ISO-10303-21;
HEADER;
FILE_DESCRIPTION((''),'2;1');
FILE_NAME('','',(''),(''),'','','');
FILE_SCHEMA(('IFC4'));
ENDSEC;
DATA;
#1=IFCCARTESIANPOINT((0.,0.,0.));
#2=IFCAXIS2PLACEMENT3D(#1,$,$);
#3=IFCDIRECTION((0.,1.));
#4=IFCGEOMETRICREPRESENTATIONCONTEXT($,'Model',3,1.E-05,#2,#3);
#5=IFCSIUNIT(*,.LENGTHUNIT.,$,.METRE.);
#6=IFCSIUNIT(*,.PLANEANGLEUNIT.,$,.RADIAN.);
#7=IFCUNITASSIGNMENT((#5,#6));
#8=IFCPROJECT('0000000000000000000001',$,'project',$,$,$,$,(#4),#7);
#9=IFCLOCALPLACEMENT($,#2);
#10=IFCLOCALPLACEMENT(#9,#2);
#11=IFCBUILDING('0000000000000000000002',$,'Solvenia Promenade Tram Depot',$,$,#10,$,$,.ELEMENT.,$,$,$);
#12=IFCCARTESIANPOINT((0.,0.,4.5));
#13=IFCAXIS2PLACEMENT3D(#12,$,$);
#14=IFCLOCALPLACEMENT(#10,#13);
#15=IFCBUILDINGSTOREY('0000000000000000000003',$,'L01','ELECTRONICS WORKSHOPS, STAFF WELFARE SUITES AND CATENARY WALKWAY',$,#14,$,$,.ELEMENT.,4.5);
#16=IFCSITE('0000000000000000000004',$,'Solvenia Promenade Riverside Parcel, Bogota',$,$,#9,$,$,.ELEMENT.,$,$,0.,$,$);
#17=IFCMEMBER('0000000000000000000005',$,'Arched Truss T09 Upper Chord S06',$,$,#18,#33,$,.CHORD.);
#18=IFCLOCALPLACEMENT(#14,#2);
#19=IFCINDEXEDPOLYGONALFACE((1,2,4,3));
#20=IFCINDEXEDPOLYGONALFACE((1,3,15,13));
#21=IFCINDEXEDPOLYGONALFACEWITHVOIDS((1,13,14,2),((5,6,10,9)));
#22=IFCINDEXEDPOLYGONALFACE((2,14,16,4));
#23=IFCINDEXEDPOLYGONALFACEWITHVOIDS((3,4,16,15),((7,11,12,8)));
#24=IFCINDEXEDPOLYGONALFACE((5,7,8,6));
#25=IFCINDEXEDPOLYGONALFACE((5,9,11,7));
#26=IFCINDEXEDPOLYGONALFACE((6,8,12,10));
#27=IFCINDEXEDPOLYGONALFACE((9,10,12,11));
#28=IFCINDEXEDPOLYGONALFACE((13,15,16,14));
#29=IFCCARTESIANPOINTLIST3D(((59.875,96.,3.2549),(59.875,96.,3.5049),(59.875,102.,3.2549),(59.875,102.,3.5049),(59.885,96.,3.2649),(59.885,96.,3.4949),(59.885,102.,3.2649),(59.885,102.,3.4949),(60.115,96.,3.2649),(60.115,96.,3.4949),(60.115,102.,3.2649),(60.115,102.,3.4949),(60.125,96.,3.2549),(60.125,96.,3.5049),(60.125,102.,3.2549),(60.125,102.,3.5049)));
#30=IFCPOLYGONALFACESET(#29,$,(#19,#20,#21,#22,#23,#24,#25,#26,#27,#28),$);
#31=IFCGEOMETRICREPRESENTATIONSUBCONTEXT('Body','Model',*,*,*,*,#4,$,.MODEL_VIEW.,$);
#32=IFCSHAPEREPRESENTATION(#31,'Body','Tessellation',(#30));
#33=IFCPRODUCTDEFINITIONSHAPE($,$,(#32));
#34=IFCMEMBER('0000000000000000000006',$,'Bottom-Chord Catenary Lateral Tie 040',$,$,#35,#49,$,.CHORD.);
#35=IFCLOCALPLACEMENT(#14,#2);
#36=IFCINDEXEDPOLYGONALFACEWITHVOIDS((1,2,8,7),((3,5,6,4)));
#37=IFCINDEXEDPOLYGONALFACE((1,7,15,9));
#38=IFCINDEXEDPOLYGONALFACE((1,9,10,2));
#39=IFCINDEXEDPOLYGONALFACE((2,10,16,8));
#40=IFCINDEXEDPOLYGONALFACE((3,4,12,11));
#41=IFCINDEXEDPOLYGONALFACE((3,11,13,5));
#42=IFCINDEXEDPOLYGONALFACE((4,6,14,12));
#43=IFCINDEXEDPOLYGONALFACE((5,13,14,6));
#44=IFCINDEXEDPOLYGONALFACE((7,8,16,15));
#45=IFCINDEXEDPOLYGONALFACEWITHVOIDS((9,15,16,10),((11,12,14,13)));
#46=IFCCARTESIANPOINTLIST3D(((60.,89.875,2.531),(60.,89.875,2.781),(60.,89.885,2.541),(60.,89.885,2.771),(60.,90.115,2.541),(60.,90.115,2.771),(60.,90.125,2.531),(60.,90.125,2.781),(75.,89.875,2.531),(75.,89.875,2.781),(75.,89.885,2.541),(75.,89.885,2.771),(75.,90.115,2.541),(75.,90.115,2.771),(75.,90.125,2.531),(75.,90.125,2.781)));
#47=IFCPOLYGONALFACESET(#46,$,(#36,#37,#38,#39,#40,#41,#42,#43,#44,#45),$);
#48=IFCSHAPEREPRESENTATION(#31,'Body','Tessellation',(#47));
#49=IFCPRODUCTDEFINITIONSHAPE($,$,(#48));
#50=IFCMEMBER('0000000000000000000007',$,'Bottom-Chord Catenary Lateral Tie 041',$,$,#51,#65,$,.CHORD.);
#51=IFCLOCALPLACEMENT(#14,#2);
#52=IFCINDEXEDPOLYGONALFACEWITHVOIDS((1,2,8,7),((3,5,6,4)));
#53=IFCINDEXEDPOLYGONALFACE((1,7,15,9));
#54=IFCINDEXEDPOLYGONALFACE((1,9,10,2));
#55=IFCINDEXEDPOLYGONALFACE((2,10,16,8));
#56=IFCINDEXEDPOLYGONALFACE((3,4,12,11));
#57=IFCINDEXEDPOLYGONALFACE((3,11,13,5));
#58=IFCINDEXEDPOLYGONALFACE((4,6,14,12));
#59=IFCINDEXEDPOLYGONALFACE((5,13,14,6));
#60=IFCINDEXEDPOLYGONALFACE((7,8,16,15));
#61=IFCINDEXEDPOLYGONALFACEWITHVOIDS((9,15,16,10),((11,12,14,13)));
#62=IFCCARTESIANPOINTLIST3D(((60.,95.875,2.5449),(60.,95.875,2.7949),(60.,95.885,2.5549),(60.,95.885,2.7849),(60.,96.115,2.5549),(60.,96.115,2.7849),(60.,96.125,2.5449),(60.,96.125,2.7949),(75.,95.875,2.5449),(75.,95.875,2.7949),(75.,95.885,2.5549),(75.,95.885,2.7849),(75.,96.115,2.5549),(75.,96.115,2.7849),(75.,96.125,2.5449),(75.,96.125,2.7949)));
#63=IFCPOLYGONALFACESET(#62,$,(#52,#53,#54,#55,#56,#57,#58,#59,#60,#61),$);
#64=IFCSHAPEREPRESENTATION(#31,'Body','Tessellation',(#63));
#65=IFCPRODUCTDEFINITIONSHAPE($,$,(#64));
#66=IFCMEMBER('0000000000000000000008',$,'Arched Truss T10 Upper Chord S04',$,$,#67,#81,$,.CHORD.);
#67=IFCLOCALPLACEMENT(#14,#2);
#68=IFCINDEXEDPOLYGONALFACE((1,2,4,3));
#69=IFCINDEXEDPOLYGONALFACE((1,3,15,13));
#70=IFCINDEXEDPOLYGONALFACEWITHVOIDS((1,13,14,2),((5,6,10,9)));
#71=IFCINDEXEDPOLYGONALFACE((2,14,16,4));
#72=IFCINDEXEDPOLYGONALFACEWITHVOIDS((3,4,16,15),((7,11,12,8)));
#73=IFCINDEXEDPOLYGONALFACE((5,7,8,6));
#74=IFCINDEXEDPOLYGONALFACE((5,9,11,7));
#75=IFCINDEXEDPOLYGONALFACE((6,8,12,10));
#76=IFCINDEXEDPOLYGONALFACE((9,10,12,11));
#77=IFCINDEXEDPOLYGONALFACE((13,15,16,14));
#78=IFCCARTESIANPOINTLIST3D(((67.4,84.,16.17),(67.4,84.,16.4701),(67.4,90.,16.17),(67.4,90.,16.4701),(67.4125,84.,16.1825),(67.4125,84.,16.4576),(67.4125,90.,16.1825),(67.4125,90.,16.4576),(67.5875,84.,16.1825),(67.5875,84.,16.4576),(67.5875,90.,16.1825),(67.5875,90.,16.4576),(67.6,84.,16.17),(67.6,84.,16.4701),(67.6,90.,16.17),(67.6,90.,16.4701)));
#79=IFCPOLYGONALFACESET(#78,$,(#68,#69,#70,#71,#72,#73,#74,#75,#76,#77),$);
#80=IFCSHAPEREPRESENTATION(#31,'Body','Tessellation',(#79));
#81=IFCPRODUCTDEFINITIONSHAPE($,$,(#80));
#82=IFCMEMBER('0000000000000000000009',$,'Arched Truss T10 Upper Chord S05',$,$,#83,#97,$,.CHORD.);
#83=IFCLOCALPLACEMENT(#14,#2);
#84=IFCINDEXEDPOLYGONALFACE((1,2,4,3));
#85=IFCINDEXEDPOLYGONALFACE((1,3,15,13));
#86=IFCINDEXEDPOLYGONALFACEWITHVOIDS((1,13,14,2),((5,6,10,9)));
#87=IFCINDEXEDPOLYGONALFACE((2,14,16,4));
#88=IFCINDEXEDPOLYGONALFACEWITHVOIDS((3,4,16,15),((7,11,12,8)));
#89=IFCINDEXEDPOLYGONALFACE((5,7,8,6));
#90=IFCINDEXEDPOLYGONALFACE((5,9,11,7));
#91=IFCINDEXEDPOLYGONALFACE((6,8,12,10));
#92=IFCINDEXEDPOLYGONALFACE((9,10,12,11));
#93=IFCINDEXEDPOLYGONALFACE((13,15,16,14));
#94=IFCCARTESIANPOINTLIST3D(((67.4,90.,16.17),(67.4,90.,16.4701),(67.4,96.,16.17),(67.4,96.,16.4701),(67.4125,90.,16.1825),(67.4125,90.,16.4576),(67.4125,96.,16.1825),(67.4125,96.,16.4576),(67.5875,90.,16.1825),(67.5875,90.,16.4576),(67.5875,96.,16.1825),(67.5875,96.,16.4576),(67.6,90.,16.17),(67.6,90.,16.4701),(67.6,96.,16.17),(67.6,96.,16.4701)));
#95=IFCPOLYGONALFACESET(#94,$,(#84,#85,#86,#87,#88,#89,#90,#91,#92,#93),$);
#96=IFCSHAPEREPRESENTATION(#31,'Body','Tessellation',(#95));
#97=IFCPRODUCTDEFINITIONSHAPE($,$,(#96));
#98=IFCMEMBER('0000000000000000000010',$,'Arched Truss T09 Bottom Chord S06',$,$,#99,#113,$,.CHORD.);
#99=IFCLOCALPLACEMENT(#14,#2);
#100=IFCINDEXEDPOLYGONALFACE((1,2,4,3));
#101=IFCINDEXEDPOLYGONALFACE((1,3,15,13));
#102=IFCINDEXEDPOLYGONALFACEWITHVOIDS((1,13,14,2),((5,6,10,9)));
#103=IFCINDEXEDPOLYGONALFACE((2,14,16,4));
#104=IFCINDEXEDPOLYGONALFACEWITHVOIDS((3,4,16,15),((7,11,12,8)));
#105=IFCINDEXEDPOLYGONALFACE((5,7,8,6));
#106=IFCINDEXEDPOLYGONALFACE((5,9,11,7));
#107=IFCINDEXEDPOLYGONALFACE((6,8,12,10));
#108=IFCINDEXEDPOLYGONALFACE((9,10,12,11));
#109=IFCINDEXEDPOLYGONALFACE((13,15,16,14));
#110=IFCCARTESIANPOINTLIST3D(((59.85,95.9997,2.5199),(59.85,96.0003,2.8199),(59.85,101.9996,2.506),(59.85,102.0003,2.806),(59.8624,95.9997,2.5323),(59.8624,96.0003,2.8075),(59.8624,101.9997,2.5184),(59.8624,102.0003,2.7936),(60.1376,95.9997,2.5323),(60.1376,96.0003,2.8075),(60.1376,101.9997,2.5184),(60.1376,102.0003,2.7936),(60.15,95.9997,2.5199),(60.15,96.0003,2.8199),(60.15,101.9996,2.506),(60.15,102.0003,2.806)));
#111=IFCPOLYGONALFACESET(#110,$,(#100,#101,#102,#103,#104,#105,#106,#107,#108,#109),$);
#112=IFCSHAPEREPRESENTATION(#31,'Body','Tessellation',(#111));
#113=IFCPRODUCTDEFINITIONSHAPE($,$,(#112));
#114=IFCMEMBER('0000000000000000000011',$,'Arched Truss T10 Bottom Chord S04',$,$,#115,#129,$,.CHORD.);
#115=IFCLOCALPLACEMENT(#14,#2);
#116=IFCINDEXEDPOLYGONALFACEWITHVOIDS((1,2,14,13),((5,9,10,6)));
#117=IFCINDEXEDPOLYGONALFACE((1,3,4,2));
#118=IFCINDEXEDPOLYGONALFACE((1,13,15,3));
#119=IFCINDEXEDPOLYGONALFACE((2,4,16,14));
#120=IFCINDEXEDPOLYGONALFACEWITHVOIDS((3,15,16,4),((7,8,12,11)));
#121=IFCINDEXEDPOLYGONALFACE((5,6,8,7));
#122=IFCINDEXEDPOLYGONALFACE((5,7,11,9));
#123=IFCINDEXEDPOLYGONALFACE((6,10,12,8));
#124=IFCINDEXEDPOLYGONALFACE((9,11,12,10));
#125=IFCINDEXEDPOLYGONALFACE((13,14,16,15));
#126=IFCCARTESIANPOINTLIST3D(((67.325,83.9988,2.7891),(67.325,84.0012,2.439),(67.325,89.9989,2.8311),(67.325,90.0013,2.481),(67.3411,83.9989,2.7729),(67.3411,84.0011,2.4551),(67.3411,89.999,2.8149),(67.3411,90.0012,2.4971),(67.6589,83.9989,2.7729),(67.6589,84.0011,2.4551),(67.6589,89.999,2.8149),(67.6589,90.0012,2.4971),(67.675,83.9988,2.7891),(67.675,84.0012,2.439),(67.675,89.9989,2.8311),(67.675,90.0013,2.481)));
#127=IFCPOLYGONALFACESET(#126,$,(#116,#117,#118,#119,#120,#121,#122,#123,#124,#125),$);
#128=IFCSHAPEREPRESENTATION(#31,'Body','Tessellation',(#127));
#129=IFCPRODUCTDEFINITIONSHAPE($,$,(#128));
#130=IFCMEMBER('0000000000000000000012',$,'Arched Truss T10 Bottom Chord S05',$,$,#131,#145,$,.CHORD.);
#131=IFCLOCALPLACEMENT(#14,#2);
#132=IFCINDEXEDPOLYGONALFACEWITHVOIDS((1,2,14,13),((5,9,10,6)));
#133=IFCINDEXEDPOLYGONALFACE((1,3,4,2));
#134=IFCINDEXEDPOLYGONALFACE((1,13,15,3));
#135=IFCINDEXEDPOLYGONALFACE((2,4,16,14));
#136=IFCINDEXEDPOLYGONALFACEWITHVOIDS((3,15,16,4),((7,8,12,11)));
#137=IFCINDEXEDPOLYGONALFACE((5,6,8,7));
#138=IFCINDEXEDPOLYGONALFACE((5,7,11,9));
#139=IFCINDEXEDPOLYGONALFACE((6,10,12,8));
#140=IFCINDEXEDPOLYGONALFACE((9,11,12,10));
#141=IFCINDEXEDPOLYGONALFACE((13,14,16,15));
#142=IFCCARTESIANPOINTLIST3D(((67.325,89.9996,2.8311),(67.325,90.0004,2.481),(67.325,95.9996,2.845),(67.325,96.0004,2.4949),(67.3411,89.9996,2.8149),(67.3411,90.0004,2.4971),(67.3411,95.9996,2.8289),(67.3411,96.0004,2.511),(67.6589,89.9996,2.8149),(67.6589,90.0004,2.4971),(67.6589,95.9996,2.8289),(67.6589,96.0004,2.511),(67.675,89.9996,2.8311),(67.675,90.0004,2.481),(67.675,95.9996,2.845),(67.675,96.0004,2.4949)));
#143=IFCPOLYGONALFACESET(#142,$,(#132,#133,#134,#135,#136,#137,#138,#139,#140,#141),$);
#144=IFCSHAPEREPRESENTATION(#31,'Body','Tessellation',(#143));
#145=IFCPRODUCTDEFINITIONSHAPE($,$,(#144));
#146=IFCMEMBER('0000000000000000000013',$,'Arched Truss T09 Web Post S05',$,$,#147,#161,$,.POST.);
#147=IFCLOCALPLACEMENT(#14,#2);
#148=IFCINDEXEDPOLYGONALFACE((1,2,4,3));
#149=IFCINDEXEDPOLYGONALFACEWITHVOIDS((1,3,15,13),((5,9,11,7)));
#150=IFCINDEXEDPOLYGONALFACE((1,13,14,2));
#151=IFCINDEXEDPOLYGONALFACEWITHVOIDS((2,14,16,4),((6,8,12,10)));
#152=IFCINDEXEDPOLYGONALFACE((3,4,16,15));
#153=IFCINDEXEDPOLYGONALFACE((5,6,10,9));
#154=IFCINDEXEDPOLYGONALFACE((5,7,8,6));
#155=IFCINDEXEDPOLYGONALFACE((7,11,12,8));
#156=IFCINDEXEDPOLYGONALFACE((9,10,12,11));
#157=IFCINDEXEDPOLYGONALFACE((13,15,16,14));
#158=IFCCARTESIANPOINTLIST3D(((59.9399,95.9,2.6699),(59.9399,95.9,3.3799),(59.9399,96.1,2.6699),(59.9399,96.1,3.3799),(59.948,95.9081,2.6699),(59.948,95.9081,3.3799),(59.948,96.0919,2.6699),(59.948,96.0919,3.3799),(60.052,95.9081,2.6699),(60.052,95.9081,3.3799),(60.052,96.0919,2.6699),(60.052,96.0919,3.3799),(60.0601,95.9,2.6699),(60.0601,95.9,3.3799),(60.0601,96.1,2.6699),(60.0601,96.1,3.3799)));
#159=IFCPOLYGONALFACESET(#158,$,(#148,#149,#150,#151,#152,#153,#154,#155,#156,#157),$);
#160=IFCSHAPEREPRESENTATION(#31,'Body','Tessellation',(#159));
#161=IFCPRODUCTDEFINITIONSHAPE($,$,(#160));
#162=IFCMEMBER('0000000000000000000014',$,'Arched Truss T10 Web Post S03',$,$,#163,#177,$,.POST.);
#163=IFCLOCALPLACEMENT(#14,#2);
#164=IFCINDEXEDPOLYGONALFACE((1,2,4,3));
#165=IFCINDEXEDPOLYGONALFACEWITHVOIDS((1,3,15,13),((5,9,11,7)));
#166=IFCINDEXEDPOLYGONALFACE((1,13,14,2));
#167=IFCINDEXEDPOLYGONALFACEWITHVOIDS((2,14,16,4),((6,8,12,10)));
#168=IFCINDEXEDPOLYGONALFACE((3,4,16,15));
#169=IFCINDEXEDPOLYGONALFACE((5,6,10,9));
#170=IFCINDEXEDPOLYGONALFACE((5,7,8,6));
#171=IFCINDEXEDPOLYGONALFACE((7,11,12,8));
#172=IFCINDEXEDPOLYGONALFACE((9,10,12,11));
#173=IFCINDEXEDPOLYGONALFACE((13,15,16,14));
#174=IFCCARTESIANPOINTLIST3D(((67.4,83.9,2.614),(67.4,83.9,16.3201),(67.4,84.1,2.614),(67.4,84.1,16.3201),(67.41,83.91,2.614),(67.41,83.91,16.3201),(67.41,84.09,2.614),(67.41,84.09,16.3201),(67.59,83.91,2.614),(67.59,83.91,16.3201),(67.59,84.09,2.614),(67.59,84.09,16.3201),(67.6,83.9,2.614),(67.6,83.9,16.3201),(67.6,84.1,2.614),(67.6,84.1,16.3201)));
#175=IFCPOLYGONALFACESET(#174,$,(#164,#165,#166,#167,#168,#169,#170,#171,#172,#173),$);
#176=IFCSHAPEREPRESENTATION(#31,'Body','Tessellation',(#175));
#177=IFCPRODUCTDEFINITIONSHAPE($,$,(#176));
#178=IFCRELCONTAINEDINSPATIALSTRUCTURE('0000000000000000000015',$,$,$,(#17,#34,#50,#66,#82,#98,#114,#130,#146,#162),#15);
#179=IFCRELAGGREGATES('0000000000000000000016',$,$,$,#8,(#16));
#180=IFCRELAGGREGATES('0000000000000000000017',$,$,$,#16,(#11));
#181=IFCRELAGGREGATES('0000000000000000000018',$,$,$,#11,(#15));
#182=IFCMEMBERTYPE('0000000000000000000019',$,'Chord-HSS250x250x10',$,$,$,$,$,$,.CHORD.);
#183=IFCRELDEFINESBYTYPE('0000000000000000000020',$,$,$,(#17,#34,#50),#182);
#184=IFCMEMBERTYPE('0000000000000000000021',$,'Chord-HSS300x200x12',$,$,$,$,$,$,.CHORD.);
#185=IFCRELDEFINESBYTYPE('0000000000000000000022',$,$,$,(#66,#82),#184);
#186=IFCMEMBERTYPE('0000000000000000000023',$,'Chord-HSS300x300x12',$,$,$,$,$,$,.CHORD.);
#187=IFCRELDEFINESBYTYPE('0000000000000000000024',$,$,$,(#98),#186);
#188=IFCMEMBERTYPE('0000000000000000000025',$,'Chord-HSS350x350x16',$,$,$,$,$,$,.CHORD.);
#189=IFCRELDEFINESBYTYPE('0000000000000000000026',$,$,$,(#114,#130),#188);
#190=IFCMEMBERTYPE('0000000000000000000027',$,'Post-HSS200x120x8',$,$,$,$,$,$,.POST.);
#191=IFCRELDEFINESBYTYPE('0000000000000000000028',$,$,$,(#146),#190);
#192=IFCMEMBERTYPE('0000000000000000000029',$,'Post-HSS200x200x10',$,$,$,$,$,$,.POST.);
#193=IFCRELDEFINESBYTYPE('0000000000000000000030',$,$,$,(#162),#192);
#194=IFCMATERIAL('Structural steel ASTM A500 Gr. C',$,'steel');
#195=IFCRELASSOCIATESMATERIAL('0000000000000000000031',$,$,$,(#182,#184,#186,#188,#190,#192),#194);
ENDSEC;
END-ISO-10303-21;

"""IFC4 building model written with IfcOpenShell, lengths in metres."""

from ifc_helpers import new_model, si_unit, direction, frame, origin, origin_2d, place, context, subcontext, project, spatial, hollow_rectangle, extrude, material, material_profile, profile_set, type_object, element, save


model = new_model("IFC4")

# Units and contexts
model_context = context("Model", 3, precision=1e-05, world=origin(), true_north=direction((0.0, 1.0)))
body_context = subcontext(model_context, "Body", "Model", "MODEL_VIEW")
ifc_project = project(units=[si_unit("LENGTHUNIT", "METRE"), si_unit("PLANEANGLEUNIT", "RADIAN")], contexts=[model_context])

# Site, building, storey
site_placement = place(None, origin())
site = spatial("IfcSite", under=ifc_project, at=site_placement, Name="Solvenia Promenade Riverside Parcel, Bogota", CompositionType="ELEMENT", RefElevation=0.0)
building_placement = place(site_placement, origin())
building = spatial("IfcBuilding", under=site, at=building_placement, Name="Solvenia Promenade Tram Depot", CompositionType="ELEMENT")
storey_placement = place(building_placement, frame((0.0, 0.0, 4.5)))
storey = spatial("IfcBuildingStorey", under=building, at=storey_placement, Name="L01", Description="ELECTRONICS WORKSHOPS, STAFF WELFARE SUITES AND CATENARY WALKWAY", CompositionType="ELEMENT", Elevation=4.5)

# Members
ifc_material_1 = material(Name="Structural steel ASTM A500 Gr. C", Category="steel")
ifc_material_profile_1 = material_profile(ifc_material_1, hollow_rectangle(XDim=0.25, YDim=0.25, WallThickness=0.01, at=origin_2d()), Name="HSS250x250x10", Category="steel")
ifc_profile_set_1 = profile_set([ifc_material_profile_1], Name="Structural steel ASTM A500 Gr. C")
member_type_1 = type_object("IfcMemberType", Name="Chord-HSS250x250x10", PredefinedType="CHORD", material=ifc_profile_set_1)
member_1_placement = place(storey_placement, frame((60.0, 96.0, 3.3799), z_axis=(0.0, 1.0, 0.0), x_axis=(-1.0, 0.0, 0.0)))
element("IfcMember", 1, at=member_1_placement, inside=storey, type_object=member_type_1, Name="Arched Truss T09 Upper Chord S06", PredefinedType="CHORD", context=body_context, shape_type="SweptSolid", body=[
    extrude(hollow_rectangle(XDim=0.25, YDim=0.25, WallThickness=0.01, at=origin_2d()), origin(), (0.0, 0.0, 1.0), 6.0),
])
for number, where, z_axis, x_axis, name in (
    (2, (60.0, 90.0, 2.656), (1.0, 0.0, 0.0), (0.0, 1.0, 0.0), "Bottom-Chord Catenary Lateral Tie 040"),
    (3, (60.0, 96.0, 2.6699), (1.0, 0.0, 0.0), (0.0, 1.0, 0.0), "Bottom-Chord Catenary Lateral Tie 041"),
):
    element("IfcMember", number, at=place(storey_placement, frame(where, z_axis=z_axis, x_axis=x_axis)), inside=storey, type_object=member_type_1, Name=name, PredefinedType="CHORD", context=body_context, shape_type="SweptSolid", body=[
        extrude(hollow_rectangle(XDim=0.25, YDim=0.25, WallThickness=0.01, at=origin_2d()), origin(), (0.0, 0.0, 1.0), 15.0),
    ])
ifc_material_profile_2 = material_profile(ifc_material_1, hollow_rectangle(XDim=0.2, YDim=0.3, WallThickness=0.0125, at=origin_2d()), Name="HSS300x200x12.5", Category="steel")
ifc_profile_set_2 = profile_set([ifc_material_profile_2], Name="Structural steel ASTM A500 Gr. C")
member_type_2 = type_object("IfcMemberType", Name="Chord-HSS300x200x12", PredefinedType="CHORD", material=ifc_profile_set_2)
for number, where, z_axis, x_axis, name in (
    (4, (67.5, 84.0, 16.3201), (0.0, 1.0, 0.0), (-1.0, 0.0, 0.0), "Arched Truss T10 Upper Chord S04"),
    (5, (67.5, 90.0, 16.3201), (0.0, 1.0, 0.0), (-1.0, 0.0, 0.0), "Arched Truss T10 Upper Chord S05"),
):
    element("IfcMember", number, at=place(storey_placement, frame(where, z_axis=z_axis, x_axis=x_axis)), inside=storey, type_object=member_type_2, Name=name, PredefinedType="CHORD", context=body_context, shape_type="SweptSolid", body=[
        extrude(hollow_rectangle(XDim=0.2, YDim=0.3, WallThickness=0.0125, at=origin_2d()), origin(), (0.0, 0.0, 1.0), 6.0),
    ])
ifc_material_profile_3 = material_profile(ifc_material_1, hollow_rectangle(XDim=0.3, YDim=0.3, WallThickness=0.0125, at=origin_2d()), Name="HSS300x300x12.5", Category="steel")
ifc_profile_set_3 = profile_set([ifc_material_profile_3], Name="Structural steel ASTM A500 Gr. C")
member_type_3 = type_object("IfcMemberType", Name="Chord-HSS300x300x12", PredefinedType="CHORD", material=ifc_profile_set_3)
member_2_placement = place(storey_placement, frame((60.0, 96.0, 2.6699), z_axis=(0.0, 0.999997, -0.002319), x_axis=(-1.0, 0.0, 0.0)))
element("IfcMember", 6, at=member_2_placement, inside=storey, type_object=member_type_3, Name="Arched Truss T09 Bottom Chord S06", PredefinedType="CHORD", context=body_context, shape_type="SweptSolid", body=[
    extrude(hollow_rectangle(XDim=0.3, YDim=0.3, WallThickness=0.0125, at=origin_2d()), origin(), (0.0, 0.0, 1.0), 6.0),
])
ifc_material_profile_4 = material_profile(ifc_material_1, hollow_rectangle(XDim=0.3501, YDim=0.3501, WallThickness=0.0161, at=origin_2d()), Name="HSS350x350x16", Category="steel")
ifc_profile_set_4 = profile_set([ifc_material_profile_4], Name="Structural steel ASTM A500 Gr. C")
member_type_4 = type_object("IfcMemberType", Name="Chord-HSS350x350x16", PredefinedType="CHORD", material=ifc_profile_set_4)
member_3_placement = place(storey_placement, frame((67.5, 84.0, 2.614), z_axis=(0.0, 0.999976, 0.006999), x_axis=(-1.0, 0.0, 0.0)))
element("IfcMember", 7, at=member_3_placement, inside=storey, type_object=member_type_4, Name="Arched Truss T10 Bottom Chord S04", PredefinedType="CHORD", context=body_context, shape_type="SweptSolid", body=[
    extrude(hollow_rectangle(XDim=0.3501, YDim=0.3501, WallThickness=0.0161, at=origin_2d()), origin(), (0.0, 0.0, 1.0), 6.0002),
])
member_4_placement = place(storey_placement, frame((67.5, 90.0, 2.656), z_axis=(0.0, 0.999997, 0.002319), x_axis=(-1.0, 0.0, 0.0)))
element("IfcMember", 8, at=member_4_placement, inside=storey, type_object=member_type_4, Name="Arched Truss T10 Bottom Chord S05", PredefinedType="CHORD", context=body_context, shape_type="SweptSolid", body=[
    extrude(hollow_rectangle(XDim=0.3501, YDim=0.3501, WallThickness=0.0161, at=origin_2d()), origin(), (0.0, 0.0, 1.0), 6.0),
])
ifc_material_profile_5 = material_profile(ifc_material_1, hollow_rectangle(XDim=0.1201, YDim=0.2, WallThickness=0.0081, at=origin_2d()), Name="HSS200x120x8", Category="steel")
ifc_profile_set_5 = profile_set([ifc_material_profile_5], Name="Structural steel ASTM A500 Gr. C")
member_type_5 = type_object("IfcMemberType", Name="Post-HSS200x120x8", PredefinedType="POST", material=ifc_profile_set_5)
member_5_placement = place(storey_placement, frame((60.0, 96.0, 2.6699), z_axis=(0.0, 0.0, 1.0), x_axis=(1.0, 0.0, 0.0)))
element("IfcMember", 9, at=member_5_placement, inside=storey, type_object=member_type_5, Name="Arched Truss T09 Web Post S05", PredefinedType="POST", context=body_context, shape_type="SweptSolid", body=[
    extrude(hollow_rectangle(XDim=0.1201, YDim=0.2, WallThickness=0.0081, at=origin_2d()), origin(), (0.0, 0.0, 1.0), 0.71),
])
ifc_material_profile_6 = material_profile(ifc_material_1, hollow_rectangle(XDim=0.2, YDim=0.2, WallThickness=0.01, at=origin_2d()), Name="HSS200x200x10", Category="steel")
ifc_profile_set_6 = profile_set([ifc_material_profile_6], Name="Structural steel ASTM A500 Gr. C")
member_type_6 = type_object("IfcMemberType", Name="Post-HSS200x200x10", PredefinedType="POST", material=ifc_profile_set_6)
member_6_placement = place(storey_placement, frame((67.5, 84.0, 2.614), z_axis=(0.0, 0.0, 1.0), x_axis=(1.0, 0.0, 0.0)))
element("IfcMember", 10, at=member_6_placement, inside=storey, type_object=member_type_6, Name="Arched Truss T10 Web Post S03", PredefinedType="POST", context=body_context, shape_type="SweptSolid", body=[
    extrude(hollow_rectangle(XDim=0.2, YDim=0.2, WallThickness=0.01, at=origin_2d()), origin(), (0.0, 0.0, 1.0), 13.7061),
])

save(model, "model.ifc")
